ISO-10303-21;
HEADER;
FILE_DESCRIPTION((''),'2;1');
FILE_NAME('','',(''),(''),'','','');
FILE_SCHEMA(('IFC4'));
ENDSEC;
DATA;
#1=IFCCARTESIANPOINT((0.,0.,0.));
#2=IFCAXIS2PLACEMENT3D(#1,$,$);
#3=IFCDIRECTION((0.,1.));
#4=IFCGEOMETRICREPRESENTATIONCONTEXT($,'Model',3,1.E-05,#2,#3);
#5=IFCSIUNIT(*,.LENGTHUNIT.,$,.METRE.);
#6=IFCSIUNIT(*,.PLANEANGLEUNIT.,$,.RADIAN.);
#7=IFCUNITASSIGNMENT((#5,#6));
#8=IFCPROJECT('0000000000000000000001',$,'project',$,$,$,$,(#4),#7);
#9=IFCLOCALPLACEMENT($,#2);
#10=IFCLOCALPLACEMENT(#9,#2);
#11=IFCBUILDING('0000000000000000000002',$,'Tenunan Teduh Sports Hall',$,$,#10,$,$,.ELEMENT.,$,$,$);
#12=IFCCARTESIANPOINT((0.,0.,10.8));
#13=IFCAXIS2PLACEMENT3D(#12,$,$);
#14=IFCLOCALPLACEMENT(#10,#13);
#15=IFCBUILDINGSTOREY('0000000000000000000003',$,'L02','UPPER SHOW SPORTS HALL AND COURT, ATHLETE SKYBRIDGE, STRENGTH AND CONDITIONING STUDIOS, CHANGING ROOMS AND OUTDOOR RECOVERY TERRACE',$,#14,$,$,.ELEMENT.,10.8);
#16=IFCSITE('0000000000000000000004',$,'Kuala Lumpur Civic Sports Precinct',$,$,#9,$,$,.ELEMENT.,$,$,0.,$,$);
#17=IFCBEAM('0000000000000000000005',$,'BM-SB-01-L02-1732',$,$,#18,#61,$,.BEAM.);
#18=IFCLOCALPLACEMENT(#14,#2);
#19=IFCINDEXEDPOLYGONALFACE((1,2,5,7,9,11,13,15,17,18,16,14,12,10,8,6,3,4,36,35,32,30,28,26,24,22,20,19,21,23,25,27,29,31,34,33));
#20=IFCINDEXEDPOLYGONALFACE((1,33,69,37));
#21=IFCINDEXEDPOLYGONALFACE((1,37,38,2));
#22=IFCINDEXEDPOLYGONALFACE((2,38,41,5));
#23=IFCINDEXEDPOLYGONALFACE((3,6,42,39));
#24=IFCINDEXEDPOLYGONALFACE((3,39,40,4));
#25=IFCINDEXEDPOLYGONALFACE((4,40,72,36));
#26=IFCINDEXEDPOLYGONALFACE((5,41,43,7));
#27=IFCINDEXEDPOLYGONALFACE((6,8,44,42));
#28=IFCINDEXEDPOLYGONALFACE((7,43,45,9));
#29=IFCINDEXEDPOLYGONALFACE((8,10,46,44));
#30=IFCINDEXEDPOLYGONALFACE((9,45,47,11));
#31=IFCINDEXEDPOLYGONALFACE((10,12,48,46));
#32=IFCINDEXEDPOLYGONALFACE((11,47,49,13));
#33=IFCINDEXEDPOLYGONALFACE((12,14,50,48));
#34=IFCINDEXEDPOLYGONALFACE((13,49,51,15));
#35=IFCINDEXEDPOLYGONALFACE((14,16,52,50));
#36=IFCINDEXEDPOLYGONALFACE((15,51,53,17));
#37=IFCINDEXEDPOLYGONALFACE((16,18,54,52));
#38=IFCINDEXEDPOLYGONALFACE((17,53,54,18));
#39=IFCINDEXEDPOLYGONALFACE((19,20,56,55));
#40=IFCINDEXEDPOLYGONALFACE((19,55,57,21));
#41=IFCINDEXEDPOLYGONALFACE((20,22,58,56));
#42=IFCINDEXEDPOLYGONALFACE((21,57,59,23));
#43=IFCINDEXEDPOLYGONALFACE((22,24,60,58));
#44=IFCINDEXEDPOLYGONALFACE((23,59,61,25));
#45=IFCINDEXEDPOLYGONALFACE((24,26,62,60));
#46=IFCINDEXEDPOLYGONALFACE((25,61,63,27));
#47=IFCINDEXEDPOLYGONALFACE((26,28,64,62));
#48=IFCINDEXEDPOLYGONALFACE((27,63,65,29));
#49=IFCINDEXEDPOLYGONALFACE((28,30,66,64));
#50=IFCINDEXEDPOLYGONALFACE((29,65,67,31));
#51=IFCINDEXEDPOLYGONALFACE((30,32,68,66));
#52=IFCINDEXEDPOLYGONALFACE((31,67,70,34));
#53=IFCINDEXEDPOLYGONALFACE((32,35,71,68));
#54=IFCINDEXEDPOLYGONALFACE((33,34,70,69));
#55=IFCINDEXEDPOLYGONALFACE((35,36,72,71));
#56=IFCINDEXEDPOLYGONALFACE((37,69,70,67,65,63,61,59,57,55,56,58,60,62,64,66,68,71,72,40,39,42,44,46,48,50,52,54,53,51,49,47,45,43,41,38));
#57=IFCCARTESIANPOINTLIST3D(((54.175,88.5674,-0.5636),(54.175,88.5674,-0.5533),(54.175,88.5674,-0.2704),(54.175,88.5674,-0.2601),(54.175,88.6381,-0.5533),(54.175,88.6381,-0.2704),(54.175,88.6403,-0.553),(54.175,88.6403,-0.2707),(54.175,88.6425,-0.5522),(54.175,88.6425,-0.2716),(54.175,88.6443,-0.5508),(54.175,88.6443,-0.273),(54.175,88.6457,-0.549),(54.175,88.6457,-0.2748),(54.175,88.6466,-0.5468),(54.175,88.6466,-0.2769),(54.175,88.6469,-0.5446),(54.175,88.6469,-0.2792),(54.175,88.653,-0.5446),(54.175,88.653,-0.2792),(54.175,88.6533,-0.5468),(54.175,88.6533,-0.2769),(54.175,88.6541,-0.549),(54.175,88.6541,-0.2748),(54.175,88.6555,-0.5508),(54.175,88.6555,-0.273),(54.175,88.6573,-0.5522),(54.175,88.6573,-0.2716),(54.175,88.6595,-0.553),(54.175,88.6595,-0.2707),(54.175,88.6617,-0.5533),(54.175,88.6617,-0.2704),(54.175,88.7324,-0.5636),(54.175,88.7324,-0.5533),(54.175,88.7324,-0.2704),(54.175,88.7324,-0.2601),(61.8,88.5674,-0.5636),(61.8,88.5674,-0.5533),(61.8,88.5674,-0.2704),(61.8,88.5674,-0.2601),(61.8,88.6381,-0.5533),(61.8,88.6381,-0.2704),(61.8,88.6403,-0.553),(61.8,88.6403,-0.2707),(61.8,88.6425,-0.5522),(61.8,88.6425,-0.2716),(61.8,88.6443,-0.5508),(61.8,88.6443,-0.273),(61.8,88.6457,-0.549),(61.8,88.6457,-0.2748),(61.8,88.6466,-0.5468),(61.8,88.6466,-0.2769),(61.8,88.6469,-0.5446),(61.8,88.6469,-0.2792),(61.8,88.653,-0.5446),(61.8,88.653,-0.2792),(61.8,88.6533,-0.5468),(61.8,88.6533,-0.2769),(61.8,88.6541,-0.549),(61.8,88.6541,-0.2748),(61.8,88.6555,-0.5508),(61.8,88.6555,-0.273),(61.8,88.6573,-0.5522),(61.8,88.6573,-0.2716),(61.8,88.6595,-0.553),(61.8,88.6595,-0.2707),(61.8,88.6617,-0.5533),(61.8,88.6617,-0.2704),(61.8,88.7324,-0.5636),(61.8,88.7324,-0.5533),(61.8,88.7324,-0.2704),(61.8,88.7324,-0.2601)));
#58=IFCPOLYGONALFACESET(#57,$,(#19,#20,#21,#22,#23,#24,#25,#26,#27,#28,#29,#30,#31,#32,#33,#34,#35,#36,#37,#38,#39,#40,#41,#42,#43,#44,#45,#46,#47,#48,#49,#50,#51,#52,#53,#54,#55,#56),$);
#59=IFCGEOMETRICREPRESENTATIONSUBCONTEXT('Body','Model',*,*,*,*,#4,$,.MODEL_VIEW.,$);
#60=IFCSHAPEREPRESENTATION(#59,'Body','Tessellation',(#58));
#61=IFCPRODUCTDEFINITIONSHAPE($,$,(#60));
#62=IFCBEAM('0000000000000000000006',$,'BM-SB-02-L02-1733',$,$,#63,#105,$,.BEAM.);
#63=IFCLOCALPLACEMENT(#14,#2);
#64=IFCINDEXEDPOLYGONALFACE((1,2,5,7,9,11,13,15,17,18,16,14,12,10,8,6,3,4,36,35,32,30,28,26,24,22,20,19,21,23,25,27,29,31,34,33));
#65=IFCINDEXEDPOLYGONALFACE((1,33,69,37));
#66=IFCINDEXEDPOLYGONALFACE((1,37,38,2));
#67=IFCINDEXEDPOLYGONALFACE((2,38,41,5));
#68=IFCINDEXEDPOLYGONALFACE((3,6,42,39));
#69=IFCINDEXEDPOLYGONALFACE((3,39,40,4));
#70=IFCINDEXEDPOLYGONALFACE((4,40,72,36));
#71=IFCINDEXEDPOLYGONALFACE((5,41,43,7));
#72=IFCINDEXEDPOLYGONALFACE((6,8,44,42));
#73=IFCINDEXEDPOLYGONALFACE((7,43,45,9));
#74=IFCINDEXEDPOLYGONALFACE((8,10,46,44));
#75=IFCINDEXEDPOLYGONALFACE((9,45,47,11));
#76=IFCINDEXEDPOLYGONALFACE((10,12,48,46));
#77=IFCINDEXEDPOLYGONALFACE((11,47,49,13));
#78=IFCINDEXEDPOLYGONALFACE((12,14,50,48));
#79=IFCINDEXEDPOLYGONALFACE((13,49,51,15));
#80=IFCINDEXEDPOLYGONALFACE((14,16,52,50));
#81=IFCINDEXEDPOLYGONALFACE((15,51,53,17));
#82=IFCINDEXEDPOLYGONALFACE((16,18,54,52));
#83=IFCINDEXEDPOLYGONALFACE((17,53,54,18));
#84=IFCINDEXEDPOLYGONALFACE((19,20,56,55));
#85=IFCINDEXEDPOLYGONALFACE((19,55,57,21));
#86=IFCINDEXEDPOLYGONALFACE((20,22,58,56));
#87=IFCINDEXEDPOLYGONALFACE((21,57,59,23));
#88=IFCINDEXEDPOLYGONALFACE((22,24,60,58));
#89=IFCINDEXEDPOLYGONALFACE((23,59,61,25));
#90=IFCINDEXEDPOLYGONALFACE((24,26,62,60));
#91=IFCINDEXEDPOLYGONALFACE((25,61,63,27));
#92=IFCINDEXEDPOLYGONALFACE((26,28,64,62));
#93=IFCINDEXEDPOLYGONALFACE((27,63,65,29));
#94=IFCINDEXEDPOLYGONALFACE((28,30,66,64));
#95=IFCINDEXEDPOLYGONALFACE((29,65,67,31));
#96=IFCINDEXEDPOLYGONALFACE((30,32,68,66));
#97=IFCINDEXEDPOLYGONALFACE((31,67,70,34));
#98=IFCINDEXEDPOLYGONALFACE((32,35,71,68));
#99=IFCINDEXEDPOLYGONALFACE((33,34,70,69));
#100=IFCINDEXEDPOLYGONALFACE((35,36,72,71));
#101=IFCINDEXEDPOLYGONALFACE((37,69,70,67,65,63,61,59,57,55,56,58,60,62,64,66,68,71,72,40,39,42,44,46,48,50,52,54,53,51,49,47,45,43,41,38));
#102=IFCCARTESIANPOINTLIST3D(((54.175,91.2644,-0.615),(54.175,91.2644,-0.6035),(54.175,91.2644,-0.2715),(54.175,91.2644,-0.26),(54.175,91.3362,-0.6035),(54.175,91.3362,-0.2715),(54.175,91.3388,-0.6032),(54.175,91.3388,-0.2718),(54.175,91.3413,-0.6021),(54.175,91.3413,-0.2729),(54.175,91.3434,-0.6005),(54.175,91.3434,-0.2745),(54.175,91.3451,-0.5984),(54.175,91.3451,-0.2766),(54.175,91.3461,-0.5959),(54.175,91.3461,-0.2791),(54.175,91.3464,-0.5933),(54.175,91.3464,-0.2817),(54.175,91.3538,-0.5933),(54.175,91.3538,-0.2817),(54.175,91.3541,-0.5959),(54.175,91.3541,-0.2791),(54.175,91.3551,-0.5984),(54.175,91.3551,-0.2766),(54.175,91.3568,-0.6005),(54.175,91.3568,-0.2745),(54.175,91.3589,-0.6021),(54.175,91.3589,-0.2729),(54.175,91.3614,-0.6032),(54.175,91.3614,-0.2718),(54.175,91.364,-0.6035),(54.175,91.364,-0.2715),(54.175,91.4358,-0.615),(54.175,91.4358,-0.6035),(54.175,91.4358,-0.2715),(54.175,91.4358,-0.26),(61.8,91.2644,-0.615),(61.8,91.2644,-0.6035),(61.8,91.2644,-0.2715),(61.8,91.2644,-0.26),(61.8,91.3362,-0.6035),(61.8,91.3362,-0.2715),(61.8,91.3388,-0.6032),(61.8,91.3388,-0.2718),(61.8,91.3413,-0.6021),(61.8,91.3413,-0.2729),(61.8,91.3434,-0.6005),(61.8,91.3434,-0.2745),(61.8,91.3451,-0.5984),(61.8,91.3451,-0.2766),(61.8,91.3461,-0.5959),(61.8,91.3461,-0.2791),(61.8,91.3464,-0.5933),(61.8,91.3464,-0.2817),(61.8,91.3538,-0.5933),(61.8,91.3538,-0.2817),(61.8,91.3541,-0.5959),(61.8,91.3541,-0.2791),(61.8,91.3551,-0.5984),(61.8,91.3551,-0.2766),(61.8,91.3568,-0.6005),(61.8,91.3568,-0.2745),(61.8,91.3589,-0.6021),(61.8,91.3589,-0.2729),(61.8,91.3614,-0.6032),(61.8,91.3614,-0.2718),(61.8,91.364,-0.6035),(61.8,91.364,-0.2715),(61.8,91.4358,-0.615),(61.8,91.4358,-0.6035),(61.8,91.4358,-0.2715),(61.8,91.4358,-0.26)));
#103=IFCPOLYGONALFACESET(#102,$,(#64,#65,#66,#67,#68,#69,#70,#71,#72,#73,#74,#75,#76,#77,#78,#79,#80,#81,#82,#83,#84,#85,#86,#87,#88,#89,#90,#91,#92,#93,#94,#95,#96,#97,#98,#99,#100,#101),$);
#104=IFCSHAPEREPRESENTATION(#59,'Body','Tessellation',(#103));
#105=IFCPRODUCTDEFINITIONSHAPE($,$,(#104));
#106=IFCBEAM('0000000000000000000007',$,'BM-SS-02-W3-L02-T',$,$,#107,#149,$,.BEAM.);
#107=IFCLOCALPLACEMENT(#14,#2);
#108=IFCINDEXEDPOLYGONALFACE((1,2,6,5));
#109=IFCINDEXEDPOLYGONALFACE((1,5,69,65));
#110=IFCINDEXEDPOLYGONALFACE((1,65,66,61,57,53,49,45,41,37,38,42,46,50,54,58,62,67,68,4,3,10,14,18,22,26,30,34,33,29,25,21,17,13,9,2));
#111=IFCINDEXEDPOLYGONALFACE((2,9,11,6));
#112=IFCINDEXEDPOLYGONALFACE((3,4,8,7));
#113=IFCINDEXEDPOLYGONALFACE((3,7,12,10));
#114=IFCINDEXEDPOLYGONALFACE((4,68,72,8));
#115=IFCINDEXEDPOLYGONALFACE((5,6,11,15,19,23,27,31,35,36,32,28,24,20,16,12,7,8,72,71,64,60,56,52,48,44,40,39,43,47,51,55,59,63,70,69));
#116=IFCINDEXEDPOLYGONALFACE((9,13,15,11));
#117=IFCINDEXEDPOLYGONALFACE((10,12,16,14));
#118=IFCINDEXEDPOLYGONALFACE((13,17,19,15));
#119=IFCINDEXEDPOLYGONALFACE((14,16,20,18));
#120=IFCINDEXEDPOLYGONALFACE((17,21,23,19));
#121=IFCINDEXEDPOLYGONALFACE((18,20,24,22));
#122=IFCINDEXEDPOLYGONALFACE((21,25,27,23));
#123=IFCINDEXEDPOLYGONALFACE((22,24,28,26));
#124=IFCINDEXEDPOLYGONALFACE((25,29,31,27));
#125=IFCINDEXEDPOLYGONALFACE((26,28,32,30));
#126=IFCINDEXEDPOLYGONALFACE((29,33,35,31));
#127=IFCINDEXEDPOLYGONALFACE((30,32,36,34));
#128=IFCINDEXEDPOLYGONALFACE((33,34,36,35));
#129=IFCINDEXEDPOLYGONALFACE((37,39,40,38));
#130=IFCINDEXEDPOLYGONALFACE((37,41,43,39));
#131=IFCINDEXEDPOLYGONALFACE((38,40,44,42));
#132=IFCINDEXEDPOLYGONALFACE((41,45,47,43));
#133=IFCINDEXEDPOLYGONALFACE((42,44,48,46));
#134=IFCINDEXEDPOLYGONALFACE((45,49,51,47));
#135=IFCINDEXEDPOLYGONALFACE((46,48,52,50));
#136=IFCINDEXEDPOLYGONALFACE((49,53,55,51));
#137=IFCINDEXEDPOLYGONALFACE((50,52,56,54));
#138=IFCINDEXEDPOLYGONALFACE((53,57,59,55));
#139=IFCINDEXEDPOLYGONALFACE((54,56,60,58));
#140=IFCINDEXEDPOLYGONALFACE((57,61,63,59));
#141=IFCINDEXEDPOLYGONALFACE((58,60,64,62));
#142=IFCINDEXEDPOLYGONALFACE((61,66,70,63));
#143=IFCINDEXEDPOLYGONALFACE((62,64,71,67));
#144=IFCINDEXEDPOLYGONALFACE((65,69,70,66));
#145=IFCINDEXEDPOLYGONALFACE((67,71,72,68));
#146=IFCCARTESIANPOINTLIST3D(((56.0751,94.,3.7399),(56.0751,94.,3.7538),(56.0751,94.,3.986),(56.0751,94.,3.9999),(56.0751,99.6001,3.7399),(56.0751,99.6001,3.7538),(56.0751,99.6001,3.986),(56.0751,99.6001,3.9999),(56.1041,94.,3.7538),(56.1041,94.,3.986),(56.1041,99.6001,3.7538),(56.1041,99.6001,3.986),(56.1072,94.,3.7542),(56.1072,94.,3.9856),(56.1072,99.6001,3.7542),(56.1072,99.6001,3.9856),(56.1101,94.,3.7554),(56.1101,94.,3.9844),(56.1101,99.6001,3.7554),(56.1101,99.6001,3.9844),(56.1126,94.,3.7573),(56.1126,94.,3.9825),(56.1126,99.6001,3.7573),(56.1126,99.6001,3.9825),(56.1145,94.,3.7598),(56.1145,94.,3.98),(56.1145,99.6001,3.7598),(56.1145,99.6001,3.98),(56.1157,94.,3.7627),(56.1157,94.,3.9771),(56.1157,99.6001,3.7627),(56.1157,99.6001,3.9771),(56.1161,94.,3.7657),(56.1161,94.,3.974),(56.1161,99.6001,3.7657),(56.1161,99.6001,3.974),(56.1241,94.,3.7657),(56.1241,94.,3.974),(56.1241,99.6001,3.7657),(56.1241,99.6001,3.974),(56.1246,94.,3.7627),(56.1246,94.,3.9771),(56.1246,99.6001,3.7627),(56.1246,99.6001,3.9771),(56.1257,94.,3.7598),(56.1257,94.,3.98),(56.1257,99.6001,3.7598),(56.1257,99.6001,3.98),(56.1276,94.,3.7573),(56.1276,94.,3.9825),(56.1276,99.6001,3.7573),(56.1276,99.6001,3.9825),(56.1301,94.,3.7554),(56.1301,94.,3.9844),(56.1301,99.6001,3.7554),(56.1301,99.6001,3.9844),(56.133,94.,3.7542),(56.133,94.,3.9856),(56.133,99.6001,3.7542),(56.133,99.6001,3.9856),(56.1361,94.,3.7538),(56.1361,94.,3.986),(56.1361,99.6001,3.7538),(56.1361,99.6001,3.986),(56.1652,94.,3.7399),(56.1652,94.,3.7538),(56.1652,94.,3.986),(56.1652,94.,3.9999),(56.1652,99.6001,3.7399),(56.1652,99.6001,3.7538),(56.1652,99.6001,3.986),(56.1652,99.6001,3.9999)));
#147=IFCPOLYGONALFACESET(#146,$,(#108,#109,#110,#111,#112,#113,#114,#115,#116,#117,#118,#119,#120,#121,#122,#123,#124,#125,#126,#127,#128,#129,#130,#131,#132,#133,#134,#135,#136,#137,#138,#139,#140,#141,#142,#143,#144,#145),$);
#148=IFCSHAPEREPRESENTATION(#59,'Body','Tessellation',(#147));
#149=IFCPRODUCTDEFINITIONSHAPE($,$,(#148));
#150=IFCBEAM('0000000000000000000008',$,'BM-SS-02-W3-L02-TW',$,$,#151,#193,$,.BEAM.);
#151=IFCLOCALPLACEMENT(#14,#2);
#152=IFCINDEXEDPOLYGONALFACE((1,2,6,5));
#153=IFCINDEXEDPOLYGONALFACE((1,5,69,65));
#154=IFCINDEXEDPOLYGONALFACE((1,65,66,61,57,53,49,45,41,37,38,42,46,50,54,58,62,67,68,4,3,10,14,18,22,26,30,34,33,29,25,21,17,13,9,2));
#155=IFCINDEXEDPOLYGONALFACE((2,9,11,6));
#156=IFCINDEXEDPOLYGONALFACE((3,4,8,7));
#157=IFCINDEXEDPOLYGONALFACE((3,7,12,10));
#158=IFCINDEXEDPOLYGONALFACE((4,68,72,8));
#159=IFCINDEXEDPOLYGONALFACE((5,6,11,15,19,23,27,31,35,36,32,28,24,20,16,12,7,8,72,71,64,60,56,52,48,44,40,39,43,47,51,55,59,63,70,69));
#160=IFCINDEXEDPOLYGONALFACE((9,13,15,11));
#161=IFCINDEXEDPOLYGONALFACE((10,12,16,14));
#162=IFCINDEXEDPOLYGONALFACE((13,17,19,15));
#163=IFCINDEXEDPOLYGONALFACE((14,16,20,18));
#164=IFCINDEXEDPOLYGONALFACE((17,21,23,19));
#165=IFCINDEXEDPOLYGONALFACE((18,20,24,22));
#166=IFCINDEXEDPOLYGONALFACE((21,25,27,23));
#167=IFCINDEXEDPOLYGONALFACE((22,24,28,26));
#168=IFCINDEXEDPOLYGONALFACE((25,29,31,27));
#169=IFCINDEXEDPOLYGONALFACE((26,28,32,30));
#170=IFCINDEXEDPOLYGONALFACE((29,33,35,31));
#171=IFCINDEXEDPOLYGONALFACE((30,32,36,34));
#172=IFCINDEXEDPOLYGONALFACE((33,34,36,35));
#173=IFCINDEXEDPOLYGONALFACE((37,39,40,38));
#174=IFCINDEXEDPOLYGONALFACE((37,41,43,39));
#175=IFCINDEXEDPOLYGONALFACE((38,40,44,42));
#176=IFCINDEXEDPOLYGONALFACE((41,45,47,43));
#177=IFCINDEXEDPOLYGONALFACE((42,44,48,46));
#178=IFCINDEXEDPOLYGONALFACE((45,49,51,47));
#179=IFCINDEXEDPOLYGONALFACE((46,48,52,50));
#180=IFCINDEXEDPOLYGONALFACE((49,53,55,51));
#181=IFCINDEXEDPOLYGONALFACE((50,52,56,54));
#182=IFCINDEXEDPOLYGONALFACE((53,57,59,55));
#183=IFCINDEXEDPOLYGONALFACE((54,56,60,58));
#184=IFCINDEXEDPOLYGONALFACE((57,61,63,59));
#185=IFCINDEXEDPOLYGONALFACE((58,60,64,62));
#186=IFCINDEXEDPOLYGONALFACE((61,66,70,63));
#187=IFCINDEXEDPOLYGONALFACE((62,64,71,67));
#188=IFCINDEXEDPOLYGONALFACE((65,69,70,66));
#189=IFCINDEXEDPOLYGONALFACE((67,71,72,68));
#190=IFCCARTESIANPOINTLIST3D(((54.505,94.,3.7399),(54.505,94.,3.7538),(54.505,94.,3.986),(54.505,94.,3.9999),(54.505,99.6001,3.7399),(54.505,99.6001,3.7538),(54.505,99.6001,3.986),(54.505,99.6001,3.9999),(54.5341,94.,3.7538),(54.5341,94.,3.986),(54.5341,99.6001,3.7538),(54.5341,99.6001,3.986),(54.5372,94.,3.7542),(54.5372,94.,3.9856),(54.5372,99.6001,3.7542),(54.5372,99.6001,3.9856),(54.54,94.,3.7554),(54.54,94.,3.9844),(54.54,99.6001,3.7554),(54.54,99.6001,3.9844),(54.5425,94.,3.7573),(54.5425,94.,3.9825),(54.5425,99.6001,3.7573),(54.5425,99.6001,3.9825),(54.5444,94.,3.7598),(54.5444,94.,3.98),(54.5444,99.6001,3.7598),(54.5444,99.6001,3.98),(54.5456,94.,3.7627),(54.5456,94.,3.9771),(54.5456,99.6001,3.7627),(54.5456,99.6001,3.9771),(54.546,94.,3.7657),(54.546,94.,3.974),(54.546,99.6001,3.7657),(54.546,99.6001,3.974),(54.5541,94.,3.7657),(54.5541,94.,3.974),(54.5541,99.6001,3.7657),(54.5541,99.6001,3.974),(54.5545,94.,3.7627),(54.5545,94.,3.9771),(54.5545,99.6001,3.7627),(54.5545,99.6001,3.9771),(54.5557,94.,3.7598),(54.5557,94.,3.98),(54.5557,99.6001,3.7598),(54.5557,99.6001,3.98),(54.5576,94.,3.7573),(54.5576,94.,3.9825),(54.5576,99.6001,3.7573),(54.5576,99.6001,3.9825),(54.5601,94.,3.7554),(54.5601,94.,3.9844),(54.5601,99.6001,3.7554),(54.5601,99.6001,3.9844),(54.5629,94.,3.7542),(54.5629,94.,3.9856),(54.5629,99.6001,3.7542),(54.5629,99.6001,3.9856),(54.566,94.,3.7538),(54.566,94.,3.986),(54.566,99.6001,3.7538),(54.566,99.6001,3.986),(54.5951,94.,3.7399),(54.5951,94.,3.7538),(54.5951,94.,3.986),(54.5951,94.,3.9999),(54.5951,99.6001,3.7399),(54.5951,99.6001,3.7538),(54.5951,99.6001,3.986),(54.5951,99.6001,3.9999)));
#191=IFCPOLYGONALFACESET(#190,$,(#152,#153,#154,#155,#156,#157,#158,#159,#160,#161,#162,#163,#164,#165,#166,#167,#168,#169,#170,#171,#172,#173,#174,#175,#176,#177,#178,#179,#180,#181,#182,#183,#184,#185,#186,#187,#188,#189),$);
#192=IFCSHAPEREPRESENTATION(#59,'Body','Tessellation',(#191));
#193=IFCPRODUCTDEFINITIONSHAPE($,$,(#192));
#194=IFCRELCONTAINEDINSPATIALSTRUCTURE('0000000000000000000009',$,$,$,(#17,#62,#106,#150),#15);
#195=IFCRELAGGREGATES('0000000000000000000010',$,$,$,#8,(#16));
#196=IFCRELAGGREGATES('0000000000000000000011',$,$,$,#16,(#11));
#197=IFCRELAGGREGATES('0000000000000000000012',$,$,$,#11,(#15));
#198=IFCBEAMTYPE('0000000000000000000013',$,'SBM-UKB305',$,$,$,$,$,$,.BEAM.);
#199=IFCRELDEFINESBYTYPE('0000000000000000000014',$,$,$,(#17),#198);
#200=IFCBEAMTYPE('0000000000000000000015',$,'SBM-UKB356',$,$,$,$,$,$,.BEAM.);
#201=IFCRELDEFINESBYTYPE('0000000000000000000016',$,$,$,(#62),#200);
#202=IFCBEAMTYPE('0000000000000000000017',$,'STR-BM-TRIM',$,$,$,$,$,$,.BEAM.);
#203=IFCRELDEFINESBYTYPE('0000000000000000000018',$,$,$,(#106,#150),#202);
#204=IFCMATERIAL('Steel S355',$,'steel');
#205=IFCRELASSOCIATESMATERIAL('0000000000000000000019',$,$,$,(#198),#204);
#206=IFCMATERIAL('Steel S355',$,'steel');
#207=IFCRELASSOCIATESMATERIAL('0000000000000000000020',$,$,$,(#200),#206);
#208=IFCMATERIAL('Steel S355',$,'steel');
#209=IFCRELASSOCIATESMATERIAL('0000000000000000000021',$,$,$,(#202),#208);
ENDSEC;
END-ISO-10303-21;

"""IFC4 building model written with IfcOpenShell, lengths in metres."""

from ifc_helpers import new_model, si_unit, direction, frame, origin, origin_2d, place, context, subcontext, project, spatial, i_section, extrude, material, material_profile, profile_set, type_object, element, save


model = new_model("IFC4")

# Units and contexts
model_context = context("Model", 3, precision=1e-05, world=origin(), true_north=direction((0.0, 1.0)))
body_context = subcontext(model_context, "Body", "Model", "MODEL_VIEW")
ifc_project = project(units=[si_unit("LENGTHUNIT", "METRE"), si_unit("PLANEANGLEUNIT", "RADIAN")], contexts=[model_context])

# Site, building, storey
site_placement = place(None, origin())
site = spatial("IfcSite", under=ifc_project, at=site_placement, Name="Kuala Lumpur Civic Sports Precinct", CompositionType="ELEMENT", RefElevation=0.0)
building_placement = place(site_placement, origin())
building = spatial("IfcBuilding", under=site, at=building_placement, Name="Tenunan Teduh Sports Hall", CompositionType="ELEMENT")
storey_placement = place(building_placement, frame((0.0, 0.0, 10.8)))
storey = spatial("IfcBuildingStorey", under=building, at=storey_placement, Name="L02", Description="UPPER SHOW SPORTS HALL AND COURT, ATHLETE SKYBRIDGE, STRENGTH AND CONDITIONING STUDIOS, CHANGING ROOMS AND OUTDOOR RECOVERY TERRACE", CompositionType="ELEMENT", Elevation=10.8)

# Beams
ifc_material_1 = material(Name="Steel S355", Category="steel")
ifc_material_profile_1 = material_profile(ifc_material_1, i_section(OverallWidth=0.165, OverallDepth=0.3035, WebThickness=0.0061, FlangeThickness=0.0103, FilletRadius=0.0088, at=origin_2d()), Name="UKB 305x165x40")
ifc_profile_set_1 = profile_set([ifc_material_profile_1], Name="Steel S355")
beam_type_1 = type_object("IfcBeamType", Name="SBM-UKB305", PredefinedType="BEAM", material=ifc_profile_set_1)
beam_1_placement = place(storey_placement, frame((54.175, 88.6499, -0.4119), z_axis=(1.0, 0.0, 0.0), x_axis=(0.0, 1.0, 0.0)))
element("IfcBeam", 1, at=beam_1_placement, inside=storey, type_object=beam_type_1, Name="BM-SB-01-L02-1732", PredefinedType="BEAM", context=body_context, shape_type="SweptSolid", body=[
    extrude(i_section(OverallWidth=0.165, OverallDepth=0.3035, WebThickness=0.0061, FlangeThickness=0.0103, FilletRadius=0.0088, at=origin_2d()), origin(), (0.0, 0.0, 1.0), 7.625),
])
ifc_material_2 = material(Name="Steel S355", Category="steel")
ifc_material_profile_2 = material_profile(ifc_material_2, i_section(OverallWidth=0.1714, OverallDepth=0.355, WebThickness=0.0073, FlangeThickness=0.0115, FilletRadius=0.0103, at=origin_2d()), Name="UKB 356x171x51")
ifc_profile_set_2 = profile_set([ifc_material_profile_2], Name="Steel S355")
beam_type_2 = type_object("IfcBeamType", Name="SBM-UKB356", PredefinedType="BEAM", material=ifc_profile_set_2)
beam_2_placement = place(storey_placement, frame((54.175, 91.3501, -0.4375), z_axis=(1.0, 0.0, 0.0), x_axis=(0.0, 1.0, 0.0)))
element("IfcBeam", 2, at=beam_2_placement, inside=storey, type_object=beam_type_2, Name="BM-SB-02-L02-1733", PredefinedType="BEAM", context=body_context, shape_type="SweptSolid", body=[
    extrude(i_section(OverallWidth=0.1714, OverallDepth=0.355, WebThickness=0.0073, FlangeThickness=0.0115, FilletRadius=0.0103, at=origin_2d()), origin(), (0.0, 0.0, 1.0), 7.625),
])
ifc_material_3 = material(Name="Steel S355", Category="steel")
ifc_material_profile_3 = material_profile(ifc_material_3, i_section(OverallWidth=0.0901, OverallDepth=0.26, WebThickness=0.0081, FlangeThickness=0.0139, FilletRadius=0.012, at=origin_2d()), Name="PFC 260x90")
ifc_profile_set_3 = profile_set([ifc_material_profile_3], Name="Steel S355")
beam_type_3 = type_object("IfcBeamType", Name="STR-BM-TRIM", PredefinedType="BEAM", material=ifc_profile_set_3)
for number, where, z_axis, x_axis, name in (
    (3, (56.1201, 94.0, 3.8699), (0.0, 1.0, 0.0), (-1.0, 0.0, 0.0), "BM-SS-02-W3-L02-T"),
    (4, (54.55, 94.0, 3.8699), (0.0, 1.0, 0.0), (-1.0, 0.0, 0.0), "BM-SS-02-W3-L02-TW"),
):
    element("IfcBeam", number, at=place(storey_placement, frame(where, z_axis=z_axis, x_axis=x_axis)), inside=storey, type_object=beam_type_3, Name=name, PredefinedType="BEAM", context=body_context, shape_type="SweptSolid", body=[
        extrude(i_section(OverallWidth=0.0901, OverallDepth=0.26, WebThickness=0.0081, FlangeThickness=0.0139, FilletRadius=0.012, at=origin_2d()), origin(), (0.0, 0.0, 1.0), 5.6001),
    ])

save(model, "model.ifc")
